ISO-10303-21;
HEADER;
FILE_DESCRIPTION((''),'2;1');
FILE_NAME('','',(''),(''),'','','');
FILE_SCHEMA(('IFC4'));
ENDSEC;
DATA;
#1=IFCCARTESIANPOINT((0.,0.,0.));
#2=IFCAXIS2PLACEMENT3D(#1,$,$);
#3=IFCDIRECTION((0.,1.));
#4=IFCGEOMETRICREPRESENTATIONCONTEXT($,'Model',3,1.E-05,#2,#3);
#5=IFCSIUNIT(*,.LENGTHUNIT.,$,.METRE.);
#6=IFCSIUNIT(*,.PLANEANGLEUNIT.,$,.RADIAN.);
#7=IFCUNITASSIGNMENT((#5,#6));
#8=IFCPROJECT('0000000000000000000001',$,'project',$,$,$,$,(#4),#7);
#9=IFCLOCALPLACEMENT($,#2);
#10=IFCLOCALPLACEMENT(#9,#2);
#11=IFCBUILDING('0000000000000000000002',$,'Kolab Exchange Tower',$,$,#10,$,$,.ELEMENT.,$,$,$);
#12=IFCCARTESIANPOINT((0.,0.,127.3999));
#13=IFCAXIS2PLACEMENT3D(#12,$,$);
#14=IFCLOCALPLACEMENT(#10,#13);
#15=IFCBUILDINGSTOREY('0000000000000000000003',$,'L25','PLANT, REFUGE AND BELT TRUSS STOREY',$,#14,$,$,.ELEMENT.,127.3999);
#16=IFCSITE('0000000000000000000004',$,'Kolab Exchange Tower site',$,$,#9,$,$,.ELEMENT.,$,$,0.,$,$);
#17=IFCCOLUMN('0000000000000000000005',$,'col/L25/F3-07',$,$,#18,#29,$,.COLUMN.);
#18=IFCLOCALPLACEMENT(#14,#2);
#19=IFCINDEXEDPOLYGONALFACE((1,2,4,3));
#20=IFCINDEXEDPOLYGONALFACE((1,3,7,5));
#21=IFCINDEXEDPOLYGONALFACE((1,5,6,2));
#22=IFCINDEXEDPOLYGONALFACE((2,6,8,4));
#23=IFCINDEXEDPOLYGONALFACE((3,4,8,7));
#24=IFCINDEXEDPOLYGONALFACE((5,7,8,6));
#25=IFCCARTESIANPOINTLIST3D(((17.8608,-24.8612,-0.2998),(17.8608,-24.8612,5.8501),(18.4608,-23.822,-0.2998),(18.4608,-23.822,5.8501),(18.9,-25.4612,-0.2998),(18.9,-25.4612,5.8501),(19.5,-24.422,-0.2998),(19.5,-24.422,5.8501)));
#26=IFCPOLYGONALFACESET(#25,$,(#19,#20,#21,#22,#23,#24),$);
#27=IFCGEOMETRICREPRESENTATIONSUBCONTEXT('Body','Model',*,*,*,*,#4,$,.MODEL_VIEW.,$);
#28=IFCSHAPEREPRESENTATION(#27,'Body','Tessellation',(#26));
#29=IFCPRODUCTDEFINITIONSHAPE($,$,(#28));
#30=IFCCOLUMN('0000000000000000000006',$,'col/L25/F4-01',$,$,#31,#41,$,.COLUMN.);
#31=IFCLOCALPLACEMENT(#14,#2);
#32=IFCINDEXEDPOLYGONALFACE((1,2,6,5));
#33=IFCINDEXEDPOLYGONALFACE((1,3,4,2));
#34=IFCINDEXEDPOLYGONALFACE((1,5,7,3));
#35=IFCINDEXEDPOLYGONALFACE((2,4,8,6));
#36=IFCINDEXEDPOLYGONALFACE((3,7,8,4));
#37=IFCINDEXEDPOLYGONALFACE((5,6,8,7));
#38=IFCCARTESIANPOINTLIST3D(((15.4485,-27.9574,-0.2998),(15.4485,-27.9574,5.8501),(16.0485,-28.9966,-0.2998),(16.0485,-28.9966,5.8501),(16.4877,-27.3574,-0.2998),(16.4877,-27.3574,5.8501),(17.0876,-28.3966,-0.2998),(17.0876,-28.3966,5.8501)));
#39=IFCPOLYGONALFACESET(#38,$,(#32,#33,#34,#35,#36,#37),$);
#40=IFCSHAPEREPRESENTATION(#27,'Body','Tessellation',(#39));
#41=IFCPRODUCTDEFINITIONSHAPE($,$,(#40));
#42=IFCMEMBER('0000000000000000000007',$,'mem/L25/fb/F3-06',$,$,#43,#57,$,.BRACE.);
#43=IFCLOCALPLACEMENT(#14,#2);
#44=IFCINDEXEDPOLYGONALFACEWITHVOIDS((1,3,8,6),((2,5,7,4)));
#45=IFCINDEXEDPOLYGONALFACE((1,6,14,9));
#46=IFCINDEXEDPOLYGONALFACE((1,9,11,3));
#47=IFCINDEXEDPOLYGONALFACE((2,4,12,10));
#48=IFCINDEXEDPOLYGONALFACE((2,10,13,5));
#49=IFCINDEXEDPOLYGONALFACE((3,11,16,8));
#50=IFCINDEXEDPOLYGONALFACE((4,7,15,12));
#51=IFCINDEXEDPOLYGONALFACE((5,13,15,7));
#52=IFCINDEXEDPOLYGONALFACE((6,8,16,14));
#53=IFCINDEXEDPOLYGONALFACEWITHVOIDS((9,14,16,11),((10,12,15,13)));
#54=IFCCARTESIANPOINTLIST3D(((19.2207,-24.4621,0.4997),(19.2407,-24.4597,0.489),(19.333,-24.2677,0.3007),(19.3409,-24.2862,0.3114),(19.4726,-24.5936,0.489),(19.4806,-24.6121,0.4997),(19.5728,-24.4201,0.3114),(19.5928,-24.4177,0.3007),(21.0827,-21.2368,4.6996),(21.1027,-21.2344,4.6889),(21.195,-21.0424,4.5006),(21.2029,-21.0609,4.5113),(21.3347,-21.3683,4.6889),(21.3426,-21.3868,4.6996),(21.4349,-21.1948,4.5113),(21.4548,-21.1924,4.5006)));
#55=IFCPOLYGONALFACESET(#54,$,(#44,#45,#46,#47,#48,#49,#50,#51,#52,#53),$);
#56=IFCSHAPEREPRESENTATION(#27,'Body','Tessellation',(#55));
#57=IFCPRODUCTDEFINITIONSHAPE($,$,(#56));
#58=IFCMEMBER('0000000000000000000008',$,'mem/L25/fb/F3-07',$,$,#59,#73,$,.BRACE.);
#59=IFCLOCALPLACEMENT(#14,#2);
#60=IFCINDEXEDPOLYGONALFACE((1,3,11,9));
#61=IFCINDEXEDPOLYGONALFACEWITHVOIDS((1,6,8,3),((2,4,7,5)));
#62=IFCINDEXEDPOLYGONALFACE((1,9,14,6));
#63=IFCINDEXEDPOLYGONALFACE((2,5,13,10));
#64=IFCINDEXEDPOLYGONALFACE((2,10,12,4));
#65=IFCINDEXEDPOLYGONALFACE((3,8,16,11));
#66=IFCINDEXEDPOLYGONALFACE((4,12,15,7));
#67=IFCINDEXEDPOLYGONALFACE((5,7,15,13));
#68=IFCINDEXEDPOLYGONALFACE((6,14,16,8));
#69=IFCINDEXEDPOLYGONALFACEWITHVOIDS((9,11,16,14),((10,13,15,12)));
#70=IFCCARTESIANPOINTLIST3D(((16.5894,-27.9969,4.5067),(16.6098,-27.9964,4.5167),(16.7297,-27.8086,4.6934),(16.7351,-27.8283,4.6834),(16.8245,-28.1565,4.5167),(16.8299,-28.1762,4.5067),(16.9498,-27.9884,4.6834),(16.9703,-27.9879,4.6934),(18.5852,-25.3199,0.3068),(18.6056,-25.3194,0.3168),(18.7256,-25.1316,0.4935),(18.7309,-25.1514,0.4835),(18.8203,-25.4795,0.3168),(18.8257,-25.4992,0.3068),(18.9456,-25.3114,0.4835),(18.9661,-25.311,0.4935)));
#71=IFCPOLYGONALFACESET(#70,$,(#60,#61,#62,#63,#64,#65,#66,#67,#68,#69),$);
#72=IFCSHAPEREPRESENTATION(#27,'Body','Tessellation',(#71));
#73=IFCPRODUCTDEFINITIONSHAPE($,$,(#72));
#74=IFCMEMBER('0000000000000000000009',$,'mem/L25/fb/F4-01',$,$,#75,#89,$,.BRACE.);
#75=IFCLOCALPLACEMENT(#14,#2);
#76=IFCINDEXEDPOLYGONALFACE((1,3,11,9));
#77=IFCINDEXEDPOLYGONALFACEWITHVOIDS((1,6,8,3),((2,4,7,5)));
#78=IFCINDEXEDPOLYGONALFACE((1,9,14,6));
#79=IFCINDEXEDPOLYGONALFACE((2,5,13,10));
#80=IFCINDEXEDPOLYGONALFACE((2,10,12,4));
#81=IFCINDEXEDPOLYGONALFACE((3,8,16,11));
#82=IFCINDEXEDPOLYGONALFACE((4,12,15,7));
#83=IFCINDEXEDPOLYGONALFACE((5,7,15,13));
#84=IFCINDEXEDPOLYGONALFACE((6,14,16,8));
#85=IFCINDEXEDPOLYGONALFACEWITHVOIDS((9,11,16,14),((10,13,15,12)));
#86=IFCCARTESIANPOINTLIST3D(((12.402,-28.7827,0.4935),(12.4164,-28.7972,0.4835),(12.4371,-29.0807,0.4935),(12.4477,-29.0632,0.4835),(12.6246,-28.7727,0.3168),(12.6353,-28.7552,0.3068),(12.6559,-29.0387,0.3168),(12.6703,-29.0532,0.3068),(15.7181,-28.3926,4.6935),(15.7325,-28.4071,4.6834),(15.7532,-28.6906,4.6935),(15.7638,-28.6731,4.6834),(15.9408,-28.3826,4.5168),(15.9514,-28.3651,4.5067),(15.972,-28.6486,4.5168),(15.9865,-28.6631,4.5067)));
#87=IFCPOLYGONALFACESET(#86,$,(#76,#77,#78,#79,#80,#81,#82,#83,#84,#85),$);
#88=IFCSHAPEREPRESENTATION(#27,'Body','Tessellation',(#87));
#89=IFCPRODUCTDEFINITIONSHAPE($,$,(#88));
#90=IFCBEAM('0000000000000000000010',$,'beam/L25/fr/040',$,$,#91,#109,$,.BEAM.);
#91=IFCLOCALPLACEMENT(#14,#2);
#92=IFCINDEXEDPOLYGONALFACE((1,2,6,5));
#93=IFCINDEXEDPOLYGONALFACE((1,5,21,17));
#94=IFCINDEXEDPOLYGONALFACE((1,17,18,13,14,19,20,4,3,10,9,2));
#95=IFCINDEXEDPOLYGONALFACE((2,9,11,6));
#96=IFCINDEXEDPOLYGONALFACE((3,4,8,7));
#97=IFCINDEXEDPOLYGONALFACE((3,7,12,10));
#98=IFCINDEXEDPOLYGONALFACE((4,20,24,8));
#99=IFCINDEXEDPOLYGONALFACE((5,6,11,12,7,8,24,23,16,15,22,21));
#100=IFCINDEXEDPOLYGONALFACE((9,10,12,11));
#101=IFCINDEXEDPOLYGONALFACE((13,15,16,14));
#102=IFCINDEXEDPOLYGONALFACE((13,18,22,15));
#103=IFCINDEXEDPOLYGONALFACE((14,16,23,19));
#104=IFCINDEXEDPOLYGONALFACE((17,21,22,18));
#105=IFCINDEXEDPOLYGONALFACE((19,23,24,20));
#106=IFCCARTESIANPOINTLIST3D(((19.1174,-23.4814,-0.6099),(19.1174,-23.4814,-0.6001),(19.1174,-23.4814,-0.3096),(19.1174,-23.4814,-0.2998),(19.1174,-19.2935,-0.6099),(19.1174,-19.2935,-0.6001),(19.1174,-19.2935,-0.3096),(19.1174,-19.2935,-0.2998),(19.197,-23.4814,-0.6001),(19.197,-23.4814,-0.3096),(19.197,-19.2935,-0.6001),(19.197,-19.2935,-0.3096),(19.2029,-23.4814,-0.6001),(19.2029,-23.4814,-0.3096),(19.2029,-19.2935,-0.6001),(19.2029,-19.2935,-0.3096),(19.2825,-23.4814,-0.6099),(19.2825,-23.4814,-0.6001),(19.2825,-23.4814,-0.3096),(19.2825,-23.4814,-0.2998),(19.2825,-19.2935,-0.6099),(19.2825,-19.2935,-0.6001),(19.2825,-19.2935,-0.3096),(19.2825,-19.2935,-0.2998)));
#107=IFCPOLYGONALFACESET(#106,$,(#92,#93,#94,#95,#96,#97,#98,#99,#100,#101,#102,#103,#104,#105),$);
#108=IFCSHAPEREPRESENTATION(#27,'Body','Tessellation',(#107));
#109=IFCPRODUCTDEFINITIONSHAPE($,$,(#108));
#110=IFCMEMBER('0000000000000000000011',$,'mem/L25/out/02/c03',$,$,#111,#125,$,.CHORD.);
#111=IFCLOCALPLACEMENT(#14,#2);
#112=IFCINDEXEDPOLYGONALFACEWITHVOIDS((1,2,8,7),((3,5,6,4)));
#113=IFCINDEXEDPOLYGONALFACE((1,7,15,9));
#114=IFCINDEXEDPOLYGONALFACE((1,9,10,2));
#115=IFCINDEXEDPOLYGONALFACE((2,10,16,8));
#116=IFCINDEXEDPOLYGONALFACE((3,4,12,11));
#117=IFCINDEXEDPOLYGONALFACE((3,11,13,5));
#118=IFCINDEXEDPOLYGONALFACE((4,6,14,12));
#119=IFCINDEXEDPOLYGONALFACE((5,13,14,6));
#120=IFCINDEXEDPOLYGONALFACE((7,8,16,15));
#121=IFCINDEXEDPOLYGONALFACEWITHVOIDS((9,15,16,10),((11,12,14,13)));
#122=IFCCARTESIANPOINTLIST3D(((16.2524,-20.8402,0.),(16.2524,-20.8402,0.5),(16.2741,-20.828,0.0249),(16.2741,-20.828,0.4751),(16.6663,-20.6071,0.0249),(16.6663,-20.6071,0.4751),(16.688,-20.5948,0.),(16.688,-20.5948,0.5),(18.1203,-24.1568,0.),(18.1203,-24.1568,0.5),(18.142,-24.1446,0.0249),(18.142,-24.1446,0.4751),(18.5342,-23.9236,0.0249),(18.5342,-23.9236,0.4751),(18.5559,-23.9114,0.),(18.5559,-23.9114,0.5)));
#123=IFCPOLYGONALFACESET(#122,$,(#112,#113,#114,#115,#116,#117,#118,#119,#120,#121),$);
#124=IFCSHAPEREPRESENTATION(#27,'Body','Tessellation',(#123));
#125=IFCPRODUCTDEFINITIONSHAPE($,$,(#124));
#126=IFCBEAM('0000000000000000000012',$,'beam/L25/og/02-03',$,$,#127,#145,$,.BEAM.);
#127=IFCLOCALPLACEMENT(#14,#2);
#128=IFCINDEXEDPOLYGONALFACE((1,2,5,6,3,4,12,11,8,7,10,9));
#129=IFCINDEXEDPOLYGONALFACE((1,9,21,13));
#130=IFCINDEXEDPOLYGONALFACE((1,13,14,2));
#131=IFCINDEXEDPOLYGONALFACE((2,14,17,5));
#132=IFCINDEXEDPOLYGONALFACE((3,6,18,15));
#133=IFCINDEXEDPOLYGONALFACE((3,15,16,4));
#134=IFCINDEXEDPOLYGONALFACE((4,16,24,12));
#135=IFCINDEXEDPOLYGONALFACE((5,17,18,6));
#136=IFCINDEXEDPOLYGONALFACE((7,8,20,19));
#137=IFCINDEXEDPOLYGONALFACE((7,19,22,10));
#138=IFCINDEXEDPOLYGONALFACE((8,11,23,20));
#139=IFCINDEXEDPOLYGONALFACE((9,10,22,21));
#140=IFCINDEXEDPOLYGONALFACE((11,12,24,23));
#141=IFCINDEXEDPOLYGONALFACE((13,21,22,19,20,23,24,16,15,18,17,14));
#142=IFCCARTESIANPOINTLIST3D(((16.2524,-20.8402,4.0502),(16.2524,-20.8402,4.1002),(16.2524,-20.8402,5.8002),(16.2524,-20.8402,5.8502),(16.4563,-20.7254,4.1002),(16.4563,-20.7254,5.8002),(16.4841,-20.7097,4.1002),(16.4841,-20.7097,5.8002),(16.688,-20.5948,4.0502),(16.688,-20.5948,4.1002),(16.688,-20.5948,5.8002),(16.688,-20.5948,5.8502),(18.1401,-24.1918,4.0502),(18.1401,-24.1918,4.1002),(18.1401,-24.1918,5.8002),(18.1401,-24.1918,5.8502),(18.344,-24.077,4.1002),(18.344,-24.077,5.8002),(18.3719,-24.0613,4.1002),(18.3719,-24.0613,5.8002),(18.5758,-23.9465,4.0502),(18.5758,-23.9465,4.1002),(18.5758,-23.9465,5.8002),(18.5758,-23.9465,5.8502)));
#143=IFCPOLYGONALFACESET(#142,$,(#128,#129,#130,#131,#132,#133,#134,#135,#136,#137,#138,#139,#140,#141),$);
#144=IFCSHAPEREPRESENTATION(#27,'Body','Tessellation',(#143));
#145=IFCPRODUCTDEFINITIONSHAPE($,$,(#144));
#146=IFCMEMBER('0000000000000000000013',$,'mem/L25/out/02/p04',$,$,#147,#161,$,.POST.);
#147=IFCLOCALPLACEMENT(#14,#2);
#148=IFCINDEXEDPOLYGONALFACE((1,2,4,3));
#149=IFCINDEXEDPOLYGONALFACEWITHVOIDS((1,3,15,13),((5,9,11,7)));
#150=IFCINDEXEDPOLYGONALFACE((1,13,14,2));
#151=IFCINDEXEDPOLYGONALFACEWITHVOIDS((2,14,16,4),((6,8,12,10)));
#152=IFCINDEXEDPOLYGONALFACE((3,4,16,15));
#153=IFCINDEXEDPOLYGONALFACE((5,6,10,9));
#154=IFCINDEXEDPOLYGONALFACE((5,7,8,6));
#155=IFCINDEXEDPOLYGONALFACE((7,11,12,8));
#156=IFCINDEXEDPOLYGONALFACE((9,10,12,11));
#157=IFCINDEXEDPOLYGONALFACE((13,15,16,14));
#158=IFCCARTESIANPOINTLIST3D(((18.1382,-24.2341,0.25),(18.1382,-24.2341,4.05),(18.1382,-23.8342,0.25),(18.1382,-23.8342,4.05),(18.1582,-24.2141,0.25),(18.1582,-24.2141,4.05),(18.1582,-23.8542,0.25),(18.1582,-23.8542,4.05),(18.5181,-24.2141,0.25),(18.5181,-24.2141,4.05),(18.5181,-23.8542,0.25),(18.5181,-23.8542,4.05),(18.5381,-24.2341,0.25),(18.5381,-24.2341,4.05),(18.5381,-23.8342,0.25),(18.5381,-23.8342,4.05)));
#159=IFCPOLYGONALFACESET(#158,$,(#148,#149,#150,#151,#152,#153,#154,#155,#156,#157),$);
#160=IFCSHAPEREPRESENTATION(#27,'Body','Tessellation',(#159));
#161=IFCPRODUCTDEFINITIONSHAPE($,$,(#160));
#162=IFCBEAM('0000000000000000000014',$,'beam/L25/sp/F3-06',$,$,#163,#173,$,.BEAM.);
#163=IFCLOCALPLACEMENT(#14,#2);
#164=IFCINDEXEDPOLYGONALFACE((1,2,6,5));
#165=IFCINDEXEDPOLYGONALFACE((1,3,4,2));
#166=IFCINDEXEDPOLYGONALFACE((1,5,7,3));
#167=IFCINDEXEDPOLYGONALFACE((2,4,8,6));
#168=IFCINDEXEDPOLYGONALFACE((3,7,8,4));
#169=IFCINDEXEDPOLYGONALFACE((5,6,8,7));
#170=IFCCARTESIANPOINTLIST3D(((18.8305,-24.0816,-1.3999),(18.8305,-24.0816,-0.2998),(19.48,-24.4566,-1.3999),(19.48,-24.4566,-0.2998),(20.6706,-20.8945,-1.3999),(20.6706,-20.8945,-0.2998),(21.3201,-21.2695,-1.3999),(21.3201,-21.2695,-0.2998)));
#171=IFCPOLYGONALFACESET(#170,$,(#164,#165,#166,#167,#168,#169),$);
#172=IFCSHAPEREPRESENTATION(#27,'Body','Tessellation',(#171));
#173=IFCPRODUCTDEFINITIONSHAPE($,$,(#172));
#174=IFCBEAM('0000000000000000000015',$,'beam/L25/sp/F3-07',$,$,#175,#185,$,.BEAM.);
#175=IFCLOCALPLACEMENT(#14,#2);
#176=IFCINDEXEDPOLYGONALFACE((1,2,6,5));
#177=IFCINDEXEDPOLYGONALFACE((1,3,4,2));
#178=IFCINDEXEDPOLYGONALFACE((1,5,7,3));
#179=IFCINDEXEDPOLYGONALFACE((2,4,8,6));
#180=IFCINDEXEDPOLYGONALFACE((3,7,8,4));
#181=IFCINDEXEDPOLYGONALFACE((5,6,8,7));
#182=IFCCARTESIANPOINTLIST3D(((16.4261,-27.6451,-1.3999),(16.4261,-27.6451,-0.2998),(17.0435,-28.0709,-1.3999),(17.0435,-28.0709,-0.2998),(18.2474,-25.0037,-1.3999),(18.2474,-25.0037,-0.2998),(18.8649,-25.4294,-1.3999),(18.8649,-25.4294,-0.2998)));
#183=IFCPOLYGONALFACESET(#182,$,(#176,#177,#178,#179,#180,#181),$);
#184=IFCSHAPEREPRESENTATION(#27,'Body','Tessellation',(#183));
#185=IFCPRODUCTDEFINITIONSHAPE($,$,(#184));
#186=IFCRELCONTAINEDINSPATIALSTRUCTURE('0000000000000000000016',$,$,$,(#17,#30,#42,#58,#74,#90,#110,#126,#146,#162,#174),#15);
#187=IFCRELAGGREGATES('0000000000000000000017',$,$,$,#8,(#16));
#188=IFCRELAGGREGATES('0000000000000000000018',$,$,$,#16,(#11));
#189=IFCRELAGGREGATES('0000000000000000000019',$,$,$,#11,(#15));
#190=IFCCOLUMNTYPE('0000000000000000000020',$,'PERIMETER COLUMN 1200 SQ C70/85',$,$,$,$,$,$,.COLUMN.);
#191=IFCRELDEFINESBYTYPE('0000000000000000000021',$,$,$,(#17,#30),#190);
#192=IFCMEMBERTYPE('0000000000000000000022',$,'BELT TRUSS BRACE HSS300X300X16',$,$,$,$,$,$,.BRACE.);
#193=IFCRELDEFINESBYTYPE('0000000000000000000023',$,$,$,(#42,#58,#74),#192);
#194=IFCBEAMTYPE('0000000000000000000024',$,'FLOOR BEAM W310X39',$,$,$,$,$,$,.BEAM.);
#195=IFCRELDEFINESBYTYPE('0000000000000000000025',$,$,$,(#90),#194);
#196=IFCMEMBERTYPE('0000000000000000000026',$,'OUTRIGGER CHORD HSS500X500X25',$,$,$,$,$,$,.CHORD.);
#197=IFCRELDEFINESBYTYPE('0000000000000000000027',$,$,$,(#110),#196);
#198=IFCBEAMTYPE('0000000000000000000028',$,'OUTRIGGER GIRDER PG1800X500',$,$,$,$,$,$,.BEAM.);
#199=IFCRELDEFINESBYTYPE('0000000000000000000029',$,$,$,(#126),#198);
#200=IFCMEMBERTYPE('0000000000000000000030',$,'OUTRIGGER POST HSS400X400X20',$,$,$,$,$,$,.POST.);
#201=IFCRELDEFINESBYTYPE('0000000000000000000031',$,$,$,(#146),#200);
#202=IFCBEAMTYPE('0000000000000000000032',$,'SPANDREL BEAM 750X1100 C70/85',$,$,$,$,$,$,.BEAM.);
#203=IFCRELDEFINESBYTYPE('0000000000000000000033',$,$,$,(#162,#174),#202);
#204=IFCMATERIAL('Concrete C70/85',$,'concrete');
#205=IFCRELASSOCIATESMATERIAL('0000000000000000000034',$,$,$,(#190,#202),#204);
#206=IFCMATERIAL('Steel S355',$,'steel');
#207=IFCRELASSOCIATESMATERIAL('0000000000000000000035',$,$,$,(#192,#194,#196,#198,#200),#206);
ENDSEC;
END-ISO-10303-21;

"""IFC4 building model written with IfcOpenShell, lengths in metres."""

from ifc_helpers import new_model, si_unit, direction, frame, origin, origin_2d, place, context, subcontext, project, spatial, rectangle, hollow_rectangle, i_section, extrude, material, material_profile, profile_set, type_object, element, save


model = new_model("IFC4")

# Units and contexts
model_context = context("Model", 3, precision=1e-05, world=origin(), true_north=direction((0.0, 1.0)))
body_context = subcontext(model_context, "Body", "Model", "MODEL_VIEW")
ifc_project = project(units=[si_unit("LENGTHUNIT", "METRE"), si_unit("PLANEANGLEUNIT", "RADIAN")], contexts=[model_context])

# Site, building, storey
site_placement = place(None, origin())
site = spatial("IfcSite", under=ifc_project, at=site_placement, Name="Kolab Exchange Tower site", CompositionType="ELEMENT", RefElevation=0.0)
building_placement = place(site_placement, origin())
building = spatial("IfcBuilding", under=site, at=building_placement, Name="Kolab Exchange Tower", CompositionType="ELEMENT")
storey_placement = place(building_placement, frame((0.0, 0.0, 127.3999)))
storey = spatial("IfcBuildingStorey", under=building, at=storey_placement, Name="L25", Description="PLANT, REFUGE AND BELT TRUSS STOREY", CompositionType="ELEMENT", Elevation=127.3999)

# Columns
ifc_material_1 = material(Name="Concrete C70/85", Category="concrete")
ifc_material_profile_1 = material_profile(ifc_material_1, rectangle(XDim=1.2, YDim=1.2, at=origin_2d()), Name="RC1200")
ifc_profile_set_1 = profile_set([ifc_material_profile_1], Name="Concrete C70/85")
column_type = type_object("IfcColumnType", Name="PERIMETER COLUMN 1200 SQ C70/85", PredefinedType="COLUMN", material=ifc_profile_set_1)
for number, where, z_axis, x_axis, name in (
    (1, (18.6804, -24.6416, -0.2998), (0.0, 0.0, 1.0), (0.5, 0.866025, 0.0), "col/L25/F3-07"),
    (2, (16.2681, -28.177, -0.2998), (0.0, 0.0, 1.0), (0.866025, 0.5, 0.0), "col/L25/F4-01"),
):
    element("IfcColumn", number, at=place(storey_placement, frame(where, z_axis=z_axis, x_axis=x_axis)), inside=storey, type_object=column_type, Name=name, PredefinedType="COLUMN", context=body_context, shape_type="SweptSolid", body=[
        extrude(rectangle(XDim=1.2, YDim=1.2, at=origin_2d()), origin(), (0.0, 0.0, 1.0), 6.1499),
    ])

# Members
ifc_material_2 = material(Name="Steel S355", Category="steel")
ifc_material_profile_2 = material_profile(ifc_material_2, hollow_rectangle(XDim=0.3, YDim=0.3, WallThickness=0.0161, at=origin_2d()), Name="HSS300X300X16")
ifc_profile_set_2 = profile_set([ifc_material_profile_2], Name="Steel S355")
member_type_1 = type_object("IfcMemberType", Name="BELT TRUSS BRACE HSS300X300X16", PredefinedType="BRACE", material=ifc_profile_set_2)
member_1_placement = place(storey_placement, frame((21.2688, -21.2146, 4.6001), z_axis=(-0.33172, -0.574584, -0.748208), x_axis=(0.866036, -0.499982, 0.0)))
element("IfcMember", 3, at=member_1_placement, inside=storey, type_object=member_type_1, Name="mem/L25/fb/F3-06", PredefinedType="BRACE", context=body_context, shape_type="SweptSolid", body=[
    extrude(hollow_rectangle(XDim=0.3, YDim=0.3, WallThickness=0.0161, at=origin_2d()), origin(), (0.0, 0.0, 1.0), 5.6133),
])
for number, where, z_axis, x_axis, name in (
    (4, (18.7756, -25.3154, 0.4001), (-0.371973, -0.498922, 0.78276), (0.801708, -0.597716, 0.0), "mem/L25/fb/F3-07"),
    (5, (15.8523, -28.5278, 4.6001), (-0.618051, -0.072712, -0.782768), (0.116841, -0.993151, 0.0), "mem/L25/fb/F4-01"),
):
    element("IfcMember", number, at=place(storey_placement, frame(where, z_axis=z_axis, x_axis=x_axis)), inside=storey, type_object=member_type_1, Name=name, PredefinedType="BRACE", context=body_context, shape_type="SweptSolid", body=[
        extrude(hollow_rectangle(XDim=0.3, YDim=0.3, WallThickness=0.0161, at=origin_2d()), origin(), (0.0, 0.0, 1.0), 5.3655),
    ])

# Beam
ifc_material_profile_3 = material_profile(ifc_material_2, i_section(OverallWidth=0.165, OverallDepth=0.3101, WebThickness=0.0059, FlangeThickness=0.0098, at=origin_2d()), Name="W310X39")
ifc_profile_set_3 = profile_set([ifc_material_profile_3], Name="Steel S355")
beam_type_1 = type_object("IfcBeamType", Name="FLOOR BEAM W310X39", PredefinedType="BEAM", material=ifc_profile_set_3)
beam_1_placement = place(storey_placement, frame((19.2, -23.4814, -0.4548), z_axis=(0.0, 1.0, 0.0), x_axis=(-1.0, 0.0, 0.0)))
element("IfcBeam", 6, at=beam_1_placement, inside=storey, type_object=beam_type_1, Name="beam/L25/fr/040", PredefinedType="BEAM", context=body_context, shape_type="SweptSolid", body=[
    extrude(i_section(OverallWidth=0.165, OverallDepth=0.3101, WebThickness=0.0059, FlangeThickness=0.0098, at=origin_2d()), origin(), (0.0, 0.0, 1.0), 4.188),
])

# Member
ifc_material_profile_4 = material_profile(ifc_material_2, hollow_rectangle(XDim=0.5, YDim=0.5, WallThickness=0.0249, at=origin_2d()), Name="HSS500X500X25")
ifc_profile_set_4 = profile_set([ifc_material_profile_4], Name="Steel S355")
member_type_2 = type_object("IfcMemberType", Name="OUTRIGGER CHORD HSS500X500X25", PredefinedType="CHORD", material=ifc_profile_set_4)
member_2_placement = place(storey_placement, frame((16.4702, -20.7175, 0.25), z_axis=(0.490721, -0.871317, 0.0), x_axis=(0.871317, 0.490721, 0.0)))
element("IfcMember", 7, at=member_2_placement, inside=storey, type_object=member_type_2, Name="mem/L25/out/02/c03", PredefinedType="CHORD", context=body_context, shape_type="SweptSolid", body=[
    extrude(hollow_rectangle(XDim=0.5, YDim=0.5, WallThickness=0.0249, at=origin_2d()), origin(), (0.0, 0.0, 1.0), 3.8064),
])

# Beam
ifc_material_profile_5 = material_profile(ifc_material_2, i_section(OverallWidth=0.5, OverallDepth=1.8, WebThickness=0.032, FlangeThickness=0.05, at=origin_2d()), Name="PG1800X500")
ifc_profile_set_5 = profile_set([ifc_material_profile_5], Name="Steel S355")
beam_type_2 = type_object("IfcBeamType", Name="OUTRIGGER GIRDER PG1800X500", PredefinedType="BEAM", material=ifc_profile_set_5)
beam_2_placement = place(storey_placement, frame((16.4702, -20.7175, 4.9502), z_axis=(0.490743, -0.871304, 0.0), x_axis=(0.871304, 0.490743, 0.0)))
element("IfcBeam", 8, at=beam_2_placement, inside=storey, type_object=beam_type_2, Name="beam/L25/og/02-03", PredefinedType="BEAM", context=body_context, shape_type="SweptSolid", body=[
    extrude(i_section(OverallWidth=0.5, OverallDepth=1.8, WebThickness=0.032, FlangeThickness=0.05, at=origin_2d()), origin(), (0.0, 0.0, 1.0), 3.8467),
])

# Member
ifc_material_profile_6 = material_profile(ifc_material_2, hollow_rectangle(XDim=0.3999, YDim=0.3999, WallThickness=0.02, at=origin_2d()), Name="HSS400X400X20")
ifc_profile_set_6 = profile_set([ifc_material_profile_6], Name="Steel S355")
member_type_3 = type_object("IfcMemberType", Name="OUTRIGGER POST HSS400X400X20", PredefinedType="POST", material=ifc_profile_set_6)
member_3_placement = place(storey_placement, frame((18.3381, -24.0342, 0.25), z_axis=(0.0, 0.0, 1.0), x_axis=(1.0, 0.0, 0.0)))
element("IfcMember", 9, at=member_3_placement, inside=storey, type_object=member_type_3, Name="mem/L25/out/02/p04", PredefinedType="POST", context=body_context, shape_type="SweptSolid", body=[
    extrude(hollow_rectangle(XDim=0.3999, YDim=0.3999, WallThickness=0.02, at=origin_2d()), origin(), (0.0, 0.0, 1.0), 3.8),
])

# Beams
ifc_material_profile_7 = material_profile(ifc_material_1, rectangle(XDim=0.75, YDim=1.1001, at=origin_2d()), Name="RC750X1100")
ifc_profile_set_7 = profile_set([ifc_material_profile_7], Name="Concrete C70/85")
beam_type_3 = type_object("IfcBeamType", Name="SPANDREL BEAM 750X1100 C70/85", PredefinedType="BEAM", material=ifc_profile_set_7)
beam_3_placement = place(storey_placement, frame((20.9954, -21.082, -0.8499), z_axis=(-0.500013, -0.866018, 0.0), x_axis=(0.866018, -0.500013, 0.0)))
element("IfcBeam", 10, at=beam_3_placement, inside=storey, type_object=beam_type_3, Name="beam/L25/sp/F3-06", PredefinedType="BEAM", context=body_context, shape_type="SweptSolid", body=[
    extrude(rectangle(XDim=0.75, YDim=1.1001, at=origin_2d()), origin(), (0.0, 0.0, 1.0), 3.6802),
])
for number, where, z_axis, x_axis, name in (
    (11, (18.5562, -25.2166, -0.8499), (-0.567662, -0.823262, 0.0), (0.823262, -0.567662, 0.0), "beam/L25/sp/F3-07"),
):
    element("IfcBeam", number, at=place(storey_placement, frame(where, z_axis=z_axis, x_axis=x_axis)), inside=storey, type_object=beam_type_3, Name=name, PredefinedType="BEAM", context=body_context, shape_type="SweptSolid", body=[
        extrude(rectangle(XDim=0.75, YDim=1.1001, at=origin_2d()), origin(), (0.0, 0.0, 1.0), 3.2085),
    ])

save(model, "model.ifc")
